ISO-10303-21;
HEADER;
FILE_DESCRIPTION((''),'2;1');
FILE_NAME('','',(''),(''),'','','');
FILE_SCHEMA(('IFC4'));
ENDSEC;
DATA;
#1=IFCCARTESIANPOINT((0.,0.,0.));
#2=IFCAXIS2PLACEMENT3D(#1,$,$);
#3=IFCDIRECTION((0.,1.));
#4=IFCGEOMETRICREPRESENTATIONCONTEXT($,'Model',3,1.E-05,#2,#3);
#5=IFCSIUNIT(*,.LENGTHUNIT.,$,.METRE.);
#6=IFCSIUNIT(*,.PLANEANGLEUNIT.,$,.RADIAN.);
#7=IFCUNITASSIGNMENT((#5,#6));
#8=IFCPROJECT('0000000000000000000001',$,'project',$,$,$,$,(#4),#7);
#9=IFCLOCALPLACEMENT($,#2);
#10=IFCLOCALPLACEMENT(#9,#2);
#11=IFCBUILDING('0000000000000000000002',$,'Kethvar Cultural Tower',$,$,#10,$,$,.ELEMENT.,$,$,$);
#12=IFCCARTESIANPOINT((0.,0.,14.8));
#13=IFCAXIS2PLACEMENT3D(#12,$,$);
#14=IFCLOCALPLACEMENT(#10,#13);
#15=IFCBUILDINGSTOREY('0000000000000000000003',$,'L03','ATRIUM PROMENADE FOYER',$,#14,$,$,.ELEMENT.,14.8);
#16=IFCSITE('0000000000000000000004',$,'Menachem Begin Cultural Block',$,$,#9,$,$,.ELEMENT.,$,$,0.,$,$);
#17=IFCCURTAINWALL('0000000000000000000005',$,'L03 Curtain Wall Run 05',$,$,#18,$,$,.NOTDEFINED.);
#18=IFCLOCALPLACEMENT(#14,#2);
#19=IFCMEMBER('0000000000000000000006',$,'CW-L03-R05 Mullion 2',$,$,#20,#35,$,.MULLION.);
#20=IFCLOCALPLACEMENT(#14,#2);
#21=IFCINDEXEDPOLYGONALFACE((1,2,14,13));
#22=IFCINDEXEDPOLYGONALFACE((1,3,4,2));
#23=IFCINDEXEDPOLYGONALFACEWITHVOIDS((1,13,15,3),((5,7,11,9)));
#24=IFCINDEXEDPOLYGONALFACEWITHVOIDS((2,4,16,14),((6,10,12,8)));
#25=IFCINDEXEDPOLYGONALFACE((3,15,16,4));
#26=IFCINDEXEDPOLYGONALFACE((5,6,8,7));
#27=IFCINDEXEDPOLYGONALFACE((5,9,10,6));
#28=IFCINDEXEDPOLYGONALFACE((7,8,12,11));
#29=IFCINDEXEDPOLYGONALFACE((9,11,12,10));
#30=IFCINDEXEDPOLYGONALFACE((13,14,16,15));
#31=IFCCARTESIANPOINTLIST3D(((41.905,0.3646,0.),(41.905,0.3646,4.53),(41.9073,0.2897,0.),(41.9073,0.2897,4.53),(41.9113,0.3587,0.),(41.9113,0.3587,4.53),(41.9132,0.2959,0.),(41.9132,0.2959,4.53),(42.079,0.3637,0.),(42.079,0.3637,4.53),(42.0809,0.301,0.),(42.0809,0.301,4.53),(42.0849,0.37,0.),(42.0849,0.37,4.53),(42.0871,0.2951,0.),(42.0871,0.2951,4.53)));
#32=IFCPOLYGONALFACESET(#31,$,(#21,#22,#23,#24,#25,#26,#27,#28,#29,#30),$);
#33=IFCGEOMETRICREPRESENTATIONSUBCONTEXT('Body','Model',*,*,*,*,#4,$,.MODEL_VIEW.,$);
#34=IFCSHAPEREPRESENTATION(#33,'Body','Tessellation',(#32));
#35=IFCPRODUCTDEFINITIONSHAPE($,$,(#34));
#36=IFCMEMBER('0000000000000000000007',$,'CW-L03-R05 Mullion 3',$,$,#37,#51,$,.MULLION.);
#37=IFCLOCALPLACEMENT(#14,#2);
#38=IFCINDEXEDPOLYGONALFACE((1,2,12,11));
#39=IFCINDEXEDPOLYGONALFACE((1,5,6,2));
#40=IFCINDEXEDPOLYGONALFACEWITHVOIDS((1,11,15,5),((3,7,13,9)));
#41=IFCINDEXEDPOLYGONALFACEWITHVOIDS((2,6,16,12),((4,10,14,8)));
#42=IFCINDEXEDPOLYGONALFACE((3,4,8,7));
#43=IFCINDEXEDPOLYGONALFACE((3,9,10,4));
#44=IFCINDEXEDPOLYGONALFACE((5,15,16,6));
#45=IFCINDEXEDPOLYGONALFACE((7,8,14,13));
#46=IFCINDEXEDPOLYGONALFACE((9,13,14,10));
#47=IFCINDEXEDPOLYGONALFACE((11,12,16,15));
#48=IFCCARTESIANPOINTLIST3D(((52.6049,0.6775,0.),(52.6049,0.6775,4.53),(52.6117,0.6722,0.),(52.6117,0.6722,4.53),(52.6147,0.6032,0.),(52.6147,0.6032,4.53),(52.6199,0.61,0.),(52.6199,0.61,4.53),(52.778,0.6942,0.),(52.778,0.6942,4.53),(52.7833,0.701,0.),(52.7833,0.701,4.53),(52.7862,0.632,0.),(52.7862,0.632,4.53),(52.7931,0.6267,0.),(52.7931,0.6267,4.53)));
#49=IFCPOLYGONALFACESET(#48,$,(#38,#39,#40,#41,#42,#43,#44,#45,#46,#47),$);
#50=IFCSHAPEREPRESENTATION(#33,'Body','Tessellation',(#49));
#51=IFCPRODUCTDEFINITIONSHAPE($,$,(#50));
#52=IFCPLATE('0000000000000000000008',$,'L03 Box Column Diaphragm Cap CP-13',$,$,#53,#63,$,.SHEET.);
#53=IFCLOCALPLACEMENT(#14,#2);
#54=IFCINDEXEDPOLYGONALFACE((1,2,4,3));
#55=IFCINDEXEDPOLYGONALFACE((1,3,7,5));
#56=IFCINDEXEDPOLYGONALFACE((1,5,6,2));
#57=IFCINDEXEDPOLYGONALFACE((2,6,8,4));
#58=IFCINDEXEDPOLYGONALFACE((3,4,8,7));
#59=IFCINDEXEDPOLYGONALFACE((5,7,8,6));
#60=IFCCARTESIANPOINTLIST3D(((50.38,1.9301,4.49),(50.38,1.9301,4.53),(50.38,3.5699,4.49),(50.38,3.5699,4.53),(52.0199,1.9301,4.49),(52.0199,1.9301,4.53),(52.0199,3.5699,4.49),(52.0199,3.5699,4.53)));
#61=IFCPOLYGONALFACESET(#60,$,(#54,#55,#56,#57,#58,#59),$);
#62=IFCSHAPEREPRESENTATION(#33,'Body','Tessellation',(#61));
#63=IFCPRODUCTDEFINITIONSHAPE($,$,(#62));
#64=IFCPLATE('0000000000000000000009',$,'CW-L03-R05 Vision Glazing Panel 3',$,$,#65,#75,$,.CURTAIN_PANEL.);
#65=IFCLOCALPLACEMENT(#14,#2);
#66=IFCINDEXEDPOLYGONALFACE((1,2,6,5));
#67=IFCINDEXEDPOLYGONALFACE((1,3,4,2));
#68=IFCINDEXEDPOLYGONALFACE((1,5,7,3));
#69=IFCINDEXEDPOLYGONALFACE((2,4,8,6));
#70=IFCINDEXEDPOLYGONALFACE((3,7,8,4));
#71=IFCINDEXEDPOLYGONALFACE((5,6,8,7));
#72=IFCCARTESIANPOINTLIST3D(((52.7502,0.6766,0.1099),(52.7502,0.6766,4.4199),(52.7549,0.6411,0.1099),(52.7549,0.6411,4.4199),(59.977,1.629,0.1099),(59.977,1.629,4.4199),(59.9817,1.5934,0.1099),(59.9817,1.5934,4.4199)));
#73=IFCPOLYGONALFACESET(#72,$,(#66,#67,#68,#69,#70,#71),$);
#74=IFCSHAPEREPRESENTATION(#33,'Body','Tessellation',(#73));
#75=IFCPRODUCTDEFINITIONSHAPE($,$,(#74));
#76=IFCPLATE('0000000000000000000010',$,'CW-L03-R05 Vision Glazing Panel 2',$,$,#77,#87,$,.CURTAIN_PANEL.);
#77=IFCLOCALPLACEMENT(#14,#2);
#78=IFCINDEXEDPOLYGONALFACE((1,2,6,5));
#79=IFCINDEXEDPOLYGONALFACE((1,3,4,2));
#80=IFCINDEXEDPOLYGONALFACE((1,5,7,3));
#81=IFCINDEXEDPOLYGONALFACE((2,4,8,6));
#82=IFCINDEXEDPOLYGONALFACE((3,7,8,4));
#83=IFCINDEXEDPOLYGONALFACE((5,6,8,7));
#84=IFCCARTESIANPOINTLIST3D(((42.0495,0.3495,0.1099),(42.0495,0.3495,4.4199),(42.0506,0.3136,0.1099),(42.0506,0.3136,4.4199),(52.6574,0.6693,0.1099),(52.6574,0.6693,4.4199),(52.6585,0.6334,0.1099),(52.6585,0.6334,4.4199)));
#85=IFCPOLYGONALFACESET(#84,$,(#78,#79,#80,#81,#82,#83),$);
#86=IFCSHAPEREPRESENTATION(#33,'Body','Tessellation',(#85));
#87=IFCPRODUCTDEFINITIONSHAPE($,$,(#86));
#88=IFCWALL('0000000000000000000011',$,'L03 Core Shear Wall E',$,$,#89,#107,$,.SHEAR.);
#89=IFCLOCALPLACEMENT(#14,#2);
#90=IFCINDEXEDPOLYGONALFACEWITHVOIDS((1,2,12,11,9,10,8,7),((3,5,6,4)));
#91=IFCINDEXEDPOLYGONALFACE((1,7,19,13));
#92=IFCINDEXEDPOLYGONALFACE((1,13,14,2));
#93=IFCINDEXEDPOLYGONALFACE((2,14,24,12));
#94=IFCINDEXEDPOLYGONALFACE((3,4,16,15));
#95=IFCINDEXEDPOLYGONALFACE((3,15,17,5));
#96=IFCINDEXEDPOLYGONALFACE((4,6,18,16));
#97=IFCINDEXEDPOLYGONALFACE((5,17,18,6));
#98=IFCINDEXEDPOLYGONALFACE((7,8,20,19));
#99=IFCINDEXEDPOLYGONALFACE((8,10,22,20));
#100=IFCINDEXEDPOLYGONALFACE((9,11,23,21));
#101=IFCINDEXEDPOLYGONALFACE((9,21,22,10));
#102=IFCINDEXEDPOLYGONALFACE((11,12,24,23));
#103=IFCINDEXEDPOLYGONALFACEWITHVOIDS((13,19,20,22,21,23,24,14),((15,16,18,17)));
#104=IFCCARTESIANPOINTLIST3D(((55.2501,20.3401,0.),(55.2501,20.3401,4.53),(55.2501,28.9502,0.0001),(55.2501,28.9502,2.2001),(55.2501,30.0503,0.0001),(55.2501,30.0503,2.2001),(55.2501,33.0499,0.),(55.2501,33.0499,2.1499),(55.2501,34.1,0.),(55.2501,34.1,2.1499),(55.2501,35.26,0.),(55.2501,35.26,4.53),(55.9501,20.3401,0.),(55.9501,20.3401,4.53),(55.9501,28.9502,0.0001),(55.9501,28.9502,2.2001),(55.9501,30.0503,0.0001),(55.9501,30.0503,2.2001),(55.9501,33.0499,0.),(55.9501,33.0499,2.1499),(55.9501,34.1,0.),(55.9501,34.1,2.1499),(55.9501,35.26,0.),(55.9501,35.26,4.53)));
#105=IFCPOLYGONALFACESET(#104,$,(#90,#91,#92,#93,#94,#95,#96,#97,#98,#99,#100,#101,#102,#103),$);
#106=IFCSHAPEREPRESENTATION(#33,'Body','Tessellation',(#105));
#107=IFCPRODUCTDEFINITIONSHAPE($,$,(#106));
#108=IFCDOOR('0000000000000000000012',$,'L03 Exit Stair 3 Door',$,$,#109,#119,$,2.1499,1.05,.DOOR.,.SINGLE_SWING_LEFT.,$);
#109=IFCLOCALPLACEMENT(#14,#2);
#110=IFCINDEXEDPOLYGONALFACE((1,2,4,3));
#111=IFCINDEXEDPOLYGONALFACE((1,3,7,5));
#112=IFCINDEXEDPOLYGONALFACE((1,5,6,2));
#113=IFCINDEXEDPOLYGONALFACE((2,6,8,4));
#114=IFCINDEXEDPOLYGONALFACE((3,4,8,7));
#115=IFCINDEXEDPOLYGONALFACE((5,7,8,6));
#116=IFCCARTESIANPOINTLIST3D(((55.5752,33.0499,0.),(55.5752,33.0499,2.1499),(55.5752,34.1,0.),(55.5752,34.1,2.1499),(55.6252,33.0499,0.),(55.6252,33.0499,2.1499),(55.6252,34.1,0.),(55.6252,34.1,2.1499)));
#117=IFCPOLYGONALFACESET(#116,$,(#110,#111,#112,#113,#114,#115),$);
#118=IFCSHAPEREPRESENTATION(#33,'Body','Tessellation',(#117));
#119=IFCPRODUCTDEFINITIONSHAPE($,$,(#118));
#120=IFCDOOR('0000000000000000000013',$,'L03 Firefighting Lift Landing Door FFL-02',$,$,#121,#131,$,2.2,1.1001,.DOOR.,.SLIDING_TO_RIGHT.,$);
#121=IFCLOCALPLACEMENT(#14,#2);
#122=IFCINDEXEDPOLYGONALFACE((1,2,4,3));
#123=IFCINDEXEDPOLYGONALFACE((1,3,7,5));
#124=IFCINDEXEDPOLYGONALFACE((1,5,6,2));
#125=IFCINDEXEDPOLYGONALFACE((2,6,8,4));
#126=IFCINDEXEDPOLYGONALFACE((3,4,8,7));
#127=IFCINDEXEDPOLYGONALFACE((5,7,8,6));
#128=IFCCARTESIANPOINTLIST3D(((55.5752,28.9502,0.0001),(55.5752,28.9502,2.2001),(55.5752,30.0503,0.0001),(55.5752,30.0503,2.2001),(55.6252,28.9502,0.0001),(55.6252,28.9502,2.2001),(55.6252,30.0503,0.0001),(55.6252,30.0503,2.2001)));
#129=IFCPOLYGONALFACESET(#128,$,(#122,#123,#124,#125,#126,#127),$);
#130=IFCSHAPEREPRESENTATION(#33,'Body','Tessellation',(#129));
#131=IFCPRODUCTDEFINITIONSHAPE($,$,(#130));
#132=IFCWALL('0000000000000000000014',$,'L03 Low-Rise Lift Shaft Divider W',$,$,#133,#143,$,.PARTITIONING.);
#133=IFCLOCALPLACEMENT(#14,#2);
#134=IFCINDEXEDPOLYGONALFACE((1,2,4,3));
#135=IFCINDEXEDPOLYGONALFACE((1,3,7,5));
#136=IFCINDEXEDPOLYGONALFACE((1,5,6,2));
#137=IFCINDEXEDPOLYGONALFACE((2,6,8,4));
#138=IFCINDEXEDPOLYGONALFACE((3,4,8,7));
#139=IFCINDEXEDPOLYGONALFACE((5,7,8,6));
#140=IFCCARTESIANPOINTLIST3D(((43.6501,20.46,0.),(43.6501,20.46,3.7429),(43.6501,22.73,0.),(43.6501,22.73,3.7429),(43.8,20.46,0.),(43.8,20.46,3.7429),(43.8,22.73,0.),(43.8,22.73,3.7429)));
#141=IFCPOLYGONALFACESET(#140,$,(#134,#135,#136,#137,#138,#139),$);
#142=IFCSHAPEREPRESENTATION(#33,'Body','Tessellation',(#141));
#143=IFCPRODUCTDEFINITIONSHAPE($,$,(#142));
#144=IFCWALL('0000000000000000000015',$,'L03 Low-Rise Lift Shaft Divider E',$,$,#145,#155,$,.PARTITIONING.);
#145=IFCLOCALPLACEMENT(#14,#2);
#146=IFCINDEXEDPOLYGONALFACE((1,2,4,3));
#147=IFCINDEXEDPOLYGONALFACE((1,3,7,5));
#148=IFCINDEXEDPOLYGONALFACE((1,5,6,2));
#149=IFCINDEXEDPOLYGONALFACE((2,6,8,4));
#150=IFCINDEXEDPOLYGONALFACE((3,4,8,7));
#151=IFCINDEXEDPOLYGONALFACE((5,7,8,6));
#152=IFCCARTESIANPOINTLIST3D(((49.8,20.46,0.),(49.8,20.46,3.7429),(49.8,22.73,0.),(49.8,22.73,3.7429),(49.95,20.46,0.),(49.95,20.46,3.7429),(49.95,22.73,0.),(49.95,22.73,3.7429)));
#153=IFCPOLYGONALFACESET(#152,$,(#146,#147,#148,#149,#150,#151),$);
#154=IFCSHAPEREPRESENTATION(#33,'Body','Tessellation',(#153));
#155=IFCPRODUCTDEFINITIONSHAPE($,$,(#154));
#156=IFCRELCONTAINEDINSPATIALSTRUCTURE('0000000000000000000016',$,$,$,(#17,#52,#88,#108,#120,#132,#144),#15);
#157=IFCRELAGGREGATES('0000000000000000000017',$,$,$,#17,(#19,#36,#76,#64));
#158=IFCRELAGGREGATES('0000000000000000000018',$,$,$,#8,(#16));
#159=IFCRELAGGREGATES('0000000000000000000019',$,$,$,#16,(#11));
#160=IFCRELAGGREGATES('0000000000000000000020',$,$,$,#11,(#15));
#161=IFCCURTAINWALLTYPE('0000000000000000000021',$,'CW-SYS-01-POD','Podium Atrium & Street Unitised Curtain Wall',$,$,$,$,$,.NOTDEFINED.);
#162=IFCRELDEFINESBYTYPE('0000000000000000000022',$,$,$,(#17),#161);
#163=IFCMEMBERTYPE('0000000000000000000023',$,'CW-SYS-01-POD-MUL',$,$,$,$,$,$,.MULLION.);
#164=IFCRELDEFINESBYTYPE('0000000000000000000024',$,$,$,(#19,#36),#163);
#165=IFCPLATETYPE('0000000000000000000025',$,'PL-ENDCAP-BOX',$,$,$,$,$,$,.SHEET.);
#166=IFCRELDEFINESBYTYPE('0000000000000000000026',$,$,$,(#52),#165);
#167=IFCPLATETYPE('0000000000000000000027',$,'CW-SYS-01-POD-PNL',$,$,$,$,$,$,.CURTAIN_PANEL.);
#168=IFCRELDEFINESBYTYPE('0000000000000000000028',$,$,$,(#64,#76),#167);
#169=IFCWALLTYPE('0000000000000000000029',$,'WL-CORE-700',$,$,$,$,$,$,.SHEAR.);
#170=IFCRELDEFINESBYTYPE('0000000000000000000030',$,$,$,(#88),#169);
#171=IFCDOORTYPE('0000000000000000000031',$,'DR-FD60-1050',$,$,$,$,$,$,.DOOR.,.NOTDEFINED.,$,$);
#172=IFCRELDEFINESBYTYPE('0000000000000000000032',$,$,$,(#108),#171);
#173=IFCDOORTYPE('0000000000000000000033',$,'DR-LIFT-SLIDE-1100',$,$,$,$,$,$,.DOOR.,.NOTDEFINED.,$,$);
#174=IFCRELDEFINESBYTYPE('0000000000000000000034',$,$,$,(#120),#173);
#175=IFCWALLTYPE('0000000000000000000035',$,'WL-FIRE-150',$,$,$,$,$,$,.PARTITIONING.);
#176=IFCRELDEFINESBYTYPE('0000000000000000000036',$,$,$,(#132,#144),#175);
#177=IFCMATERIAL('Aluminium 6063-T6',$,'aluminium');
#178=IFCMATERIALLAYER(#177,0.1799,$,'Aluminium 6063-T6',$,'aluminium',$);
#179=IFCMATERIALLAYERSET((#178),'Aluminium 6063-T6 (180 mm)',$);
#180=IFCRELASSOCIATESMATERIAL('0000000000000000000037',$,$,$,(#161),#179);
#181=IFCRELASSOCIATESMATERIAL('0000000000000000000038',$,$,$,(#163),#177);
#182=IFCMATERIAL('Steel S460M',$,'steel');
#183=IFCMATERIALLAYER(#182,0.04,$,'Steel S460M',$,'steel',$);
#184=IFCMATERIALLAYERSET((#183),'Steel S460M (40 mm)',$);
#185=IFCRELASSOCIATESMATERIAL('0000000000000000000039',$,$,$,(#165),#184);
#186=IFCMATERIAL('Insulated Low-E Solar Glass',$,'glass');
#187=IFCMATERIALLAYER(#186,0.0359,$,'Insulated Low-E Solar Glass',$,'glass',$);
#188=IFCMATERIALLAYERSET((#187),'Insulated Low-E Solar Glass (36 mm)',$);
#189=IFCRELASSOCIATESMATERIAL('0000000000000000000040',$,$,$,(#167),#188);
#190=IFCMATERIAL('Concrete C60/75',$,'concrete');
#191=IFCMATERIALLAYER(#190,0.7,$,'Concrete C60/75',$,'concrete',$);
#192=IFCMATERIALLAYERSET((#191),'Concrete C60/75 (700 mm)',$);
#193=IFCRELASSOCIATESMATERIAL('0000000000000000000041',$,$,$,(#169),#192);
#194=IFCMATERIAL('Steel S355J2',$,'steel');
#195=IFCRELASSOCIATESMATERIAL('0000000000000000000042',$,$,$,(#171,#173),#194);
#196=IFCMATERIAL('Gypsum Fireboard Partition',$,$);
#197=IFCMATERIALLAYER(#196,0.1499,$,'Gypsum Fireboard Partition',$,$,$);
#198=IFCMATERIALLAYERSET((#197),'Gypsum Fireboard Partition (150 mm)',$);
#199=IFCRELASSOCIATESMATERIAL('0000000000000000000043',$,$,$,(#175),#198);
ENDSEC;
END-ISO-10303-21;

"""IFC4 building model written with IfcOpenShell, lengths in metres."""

from ifc_helpers import new_model, si_unit, direction, frame, frame_2d, origin, origin_2d, place, context, subcontext, project, spatial, rectangle, hollow_rectangle, extrude, source, transform, mapped, material, layer, layer_set, material_profile, profile_set, type_object, element, fill, aggregate, save


model = new_model("IFC4")

# Units and contexts
model_context = context("Model", 3, precision=1e-05, world=origin(), true_north=direction((0.0, 1.0)))
body_context = subcontext(model_context, "Body", "Model", "MODEL_VIEW")
ifc_project = project(units=[si_unit("LENGTHUNIT", "METRE"), si_unit("PLANEANGLEUNIT", "RADIAN")], contexts=[model_context])

# Site, building, storey
site_placement = place(None, origin())
site = spatial("IfcSite", under=ifc_project, at=site_placement, Name="Menachem Begin Cultural Block", CompositionType="ELEMENT", RefElevation=0.0)
building_placement = place(site_placement, origin())
building = spatial("IfcBuilding", under=site, at=building_placement, Name="Kethvar Cultural Tower", CompositionType="ELEMENT")
storey_placement = place(building_placement, frame((0.0, 0.0, 14.8)))
storey = spatial("IfcBuildingStorey", under=building, at=storey_placement, Name="L03", Description="ATRIUM PROMENADE FOYER", CompositionType="ELEMENT", Elevation=14.8)

# Shared definitions
ifc_material_1 = material(Name="Steel S460M", Category="steel")

# Shared definitions
ifc_material_2 = material(Name="Steel S355J2", Category="steel")

# Curtain wall, members
ifc_material_3 = material(Name="Aluminium 6063-T6", Category="aluminium")
ifc_layer_1 = layer(ifc_material_3, 0.1799, Name="Aluminium 6063-T6", Category="aluminium")
ifc_layer_set_1 = layer_set([ifc_layer_1], Name="Aluminium 6063-T6 (180 mm)")
curtain_wall_type = type_object("IfcCurtainWallType", Name="CW-SYS-01-POD", Description="Podium Atrium & Street Unitised Curtain Wall", PredefinedType="NOTDEFINED", material=ifc_layer_set_1)
curtain_wall_placement = place(storey_placement, origin())
curtain_wall = element("IfcCurtainWall", 1, at=curtain_wall_placement, inside=storey, type_object=curtain_wall_type, Name="L03 Curtain Wall Run 05", PredefinedType="NOTDEFINED")
ifc_material_profile_1 = material_profile(ifc_material_3, hollow_rectangle(XDim=0.075, YDim=0.1799, WallThickness=0.0061, at=origin_2d()), Name="Aluminium 6063-T6 — RHS180x75x6")
ifc_profile_set_1 = profile_set([ifc_material_profile_1], Name="Aluminium 6063-T6 — RHS180x75x6")
member_type_1 = type_object("IfcMemberType", Name="CW-SYS-01-POD-MUL", PredefinedType="MULLION", material=ifc_profile_set_1)
shared_shape_1 = source(origin(), body_context, "Body", "SweptSolid", [
    extrude(hollow_rectangle(XDim=0.075, YDim=0.1799, WallThickness=0.0061, at=origin_2d()), origin(), (0.0, 0.0, 1.0), 4.53),
])
member_1_placement = place(storey_placement, frame((41.9961, 0.3298, 0.0), z_axis=(0.0, 0.0, 1.0), x_axis=(-0.030137, 0.999546, 0.0)))
member_1 = element("IfcMember", 2, at=member_1_placement, type_object=member_type_1, Name="CW-L03-R05 Mullion 2", PredefinedType="MULLION", context=body_context, shape_type="MappedRepresentation", body=[
    mapped(shared_shape_1, transform((0.0, 0.0, 0.0), scale=1.0)),
])
member_2_placement = place(storey_placement, frame((52.699, 0.6521, 0.0), z_axis=(0.0, 0.0, 1.0), x_axis=(-0.130647, 0.991429, 0.0)))
member_2 = element("IfcMember", 3, at=member_2_placement, type_object=member_type_1, Name="CW-L03-R05 Mullion 3", PredefinedType="MULLION", context=body_context, shape_type="MappedRepresentation", body=[
    mapped(shared_shape_1, transform((0.0, 0.0, 0.0), scale=1.0)),
])

# Plates
ifc_layer_2 = layer(ifc_material_1, 0.04, Name="Steel S460M", Category="steel")
ifc_layer_set_2 = layer_set([ifc_layer_2], Name="Steel S460M (40 mm)")
plate_type_1 = type_object("IfcPlateType", Name="PL-ENDCAP-BOX", PredefinedType="SHEET", material=ifc_layer_set_2)
shared_shape_2 = source(origin(), body_context, "Body", "SweptSolid", [
    extrude(rectangle(XDim=1.6399, YDim=1.6399, at=origin_2d()), origin(), (0.0, 0.0, 1.0), 0.04),
])
plate_1_placement = place(storey_placement, frame((51.2, 2.75, 4.49), z_axis=(0.0, 0.0, 1.0), x_axis=(1.0, 0.0, 0.0)))
element("IfcPlate", 4, at=plate_1_placement, inside=storey, type_object=plate_type_1, Name="L03 Box Column Diaphragm Cap CP-13", PredefinedType="SHEET", context=body_context, shape_type="MappedRepresentation", body=[
    mapped(shared_shape_2, transform((0.0, 0.0, 0.0), scale=1.0)),
])
ifc_material_4 = material(Name="Insulated Low-E Solar Glass", Category="glass")
ifc_layer_3 = layer(ifc_material_4, 0.0359, Name="Insulated Low-E Solar Glass", Category="glass")
ifc_layer_set_3 = layer_set([ifc_layer_3], Name="Insulated Low-E Solar Glass (36 mm)")
plate_type_2 = type_object("IfcPlateType", Name="CW-SYS-01-POD-PNL", PredefinedType="CURTAIN_PANEL", material=ifc_layer_set_3)
shared_shape_3 = source(origin(), body_context, "Body", "SweptSolid", [
    extrude(rectangle(XDim=7.2893, YDim=0.0359, at=origin_2d()), origin(), (0.0, 0.0, 1.0), 4.3101),
])
plate_2_placement = place(storey_placement, frame((56.366, 1.135, 0.1099), z_axis=(0.0, 0.0, 1.0), x_axis=(0.991429, 0.130647, 0.0)))
plate_2 = element("IfcPlate", 5, at=plate_2_placement, type_object=plate_type_2, Name="CW-L03-R05 Vision Glazing Panel 3", PredefinedType="CURTAIN_PANEL", context=body_context, shape_type="MappedRepresentation", body=[
    mapped(shared_shape_3, transform((0.0, 0.0, 0.0), scale=1.0)),
])
shared_shape_4 = source(origin(), body_context, "Body", "SweptSolid", [
    extrude(rectangle(XDim=10.6128, YDim=0.0359, at=origin_2d()), origin(), (0.0, 0.0, 1.0), 4.3101),
])
plate_3_placement = place(storey_placement, frame((47.354, 0.4915, 0.1099), z_axis=(0.0, 0.0, 1.0), x_axis=(0.999546, 0.030137, 0.0)))
plate_3 = element("IfcPlate", 6, at=plate_3_placement, type_object=plate_type_2, Name="CW-L03-R05 Vision Glazing Panel 2", PredefinedType="CURTAIN_PANEL", context=body_context, shape_type="MappedRepresentation", body=[
    mapped(shared_shape_4, transform((0.0, 0.0, 0.0), scale=1.0)),
])
aggregate(curtain_wall, [member_1, member_2, plate_3, plate_2])

# Wall, openings, doors
ifc_material_5 = material(Name="Concrete C60/75", Category="concrete")
ifc_layer_4 = layer(ifc_material_5, 0.7, Name="Concrete C60/75", Category="concrete")
ifc_layer_set_4 = layer_set([ifc_layer_4], Name="Concrete C60/75 (700 mm)")
wall_type_1 = type_object("IfcWallType", Name="WL-CORE-700", PredefinedType="SHEAR", material=ifc_layer_set_4)
wall_1_placement = place(storey_placement, frame((55.6001, 20.3401, 0.0), z_axis=(0.0, 0.0, 1.0), x_axis=(0.0, 1.0, 0.0)))
wall_1 = element("IfcWall", 7, at=wall_1_placement, inside=storey, type_object=wall_type_1, Name="L03 Core Shear Wall E", PredefinedType="SHEAR", context=body_context, shape_type="SweptSolid", body=[
    extrude(rectangle(XDim=14.9199, YDim=0.7, at=frame_2d((7.46, 0.0))), origin(), (0.0, 0.0, 1.0), 4.53),
])
opening_1_placement = place(wall_1_placement, frame((12.71, 0.0, 0.0)))
opening_1 = element("IfcOpeningElement", 8, at=opening_1_placement, cuts=wall_1, PredefinedType="OPENING", context=body_context, shape_type="SweptSolid", body=[
    extrude(rectangle(XDim=1.05, YDim=2.1499, at=frame_2d((0.5249, 1.075))), frame((0.0, 0.3599, 0.0), z_axis=(0.0, -1.0, 0.0), x_axis=(1.0, 0.0, 0.0)), (0.0, 0.0, 1.0), 0.72),
])
opening_2_placement = place(wall_1_placement, frame((8.6101, 0.0, 0.0)))
opening_2 = element("IfcOpeningElement", 9, at=opening_2_placement, cuts=wall_1, PredefinedType="OPENING", context=body_context, shape_type="SweptSolid", body=[
    extrude(rectangle(XDim=1.1001, YDim=2.2, at=frame_2d((0.55, 1.1001))), frame((0.0, 0.3599, 0.0), z_axis=(0.0, -1.0, 0.0), x_axis=(1.0, 0.0, 0.0)), (0.0, 0.0, 1.0), 0.72),
])
door_type_1 = type_object("IfcDoorType", Name="DR-FD60-1050", OperationType="NOTDEFINED", PredefinedType="DOOR", material=ifc_material_2)
shared_shape_5 = source(origin(), body_context, "Body", "SweptSolid", [
    extrude(rectangle(XDim=1.05, YDim=2.1499, at=frame_2d((0.5249, 1.075))), frame((0.0, 0.0249, 0.0), z_axis=(0.0, -1.0, 0.0), x_axis=(1.0, 0.0, 0.0)), (0.0, 0.0, 1.0), 0.05),
])
door_1_placement = place(opening_1_placement, origin())
door_1 = element("IfcDoor", 10, at=door_1_placement, inside=storey, type_object=door_type_1, Name="L03 Exit Stair 3 Door", OperationType="SINGLE_SWING_LEFT", OverallHeight=2.1499, OverallWidth=1.05, PredefinedType="DOOR", context=body_context, shape_type="MappedRepresentation", body=[
    mapped(shared_shape_5, transform((0.0, 0.0, 0.0), scale=1.0)),
])
fill(opening_1, door_1)
door_type_2 = type_object("IfcDoorType", Name="DR-LIFT-SLIDE-1100", OperationType="NOTDEFINED", PredefinedType="DOOR", material=ifc_material_2)
shared_shape_6 = source(origin(), body_context, "Body", "SweptSolid", [
    extrude(rectangle(XDim=1.1001, YDim=2.2, at=frame_2d((0.55, 1.1001))), frame((0.0, 0.0249, 0.0), z_axis=(0.0, -1.0, 0.0), x_axis=(1.0, 0.0, 0.0)), (0.0, 0.0, 1.0), 0.05),
])
door_2_placement = place(opening_2_placement, origin())
door_2 = element("IfcDoor", 11, at=door_2_placement, inside=storey, type_object=door_type_2, Name="L03 Firefighting Lift Landing Door FFL-02", OperationType="SLIDING_TO_RIGHT", OverallHeight=2.2, OverallWidth=1.1001, PredefinedType="DOOR", context=body_context, shape_type="MappedRepresentation", body=[
    mapped(shared_shape_6, transform((0.0, 0.0, 0.0), scale=1.0)),
])
fill(opening_2, door_2)

# Walls
ifc_material_6 = material(Name="Gypsum Fireboard Partition")
ifc_layer_5 = layer(ifc_material_6, 0.1499, Name="Gypsum Fireboard Partition")
ifc_layer_set_5 = layer_set([ifc_layer_5], Name="Gypsum Fireboard Partition (150 mm)")
wall_type_2 = type_object("IfcWallType", Name="WL-FIRE-150", PredefinedType="PARTITIONING", material=ifc_layer_set_5)
for number, where, z_axis, x_axis, name in (
    (12, (43.7251, 20.46, 0.0), (0.0, 0.0, 1.0), (0.0, 1.0, 0.0), "L03 Low-Rise Lift Shaft Divider W"),
    (13, (49.875, 20.46, 0.0), (0.0, 0.0, 1.0), (0.0, 1.0, 0.0), "L03 Low-Rise Lift Shaft Divider E"),
):
    element("IfcWall", number, at=place(storey_placement, frame(where, z_axis=z_axis, x_axis=x_axis)), inside=storey, type_object=wall_type_2, Name=name, PredefinedType="PARTITIONING", context=body_context, shape_type="SweptSolid", body=[
        extrude(rectangle(XDim=2.27, YDim=0.1499, at=frame_2d((1.135, 0.0))), origin(), (0.0, 0.0, 1.0), 3.7429),
    ])

save(model, "model.ifc")
